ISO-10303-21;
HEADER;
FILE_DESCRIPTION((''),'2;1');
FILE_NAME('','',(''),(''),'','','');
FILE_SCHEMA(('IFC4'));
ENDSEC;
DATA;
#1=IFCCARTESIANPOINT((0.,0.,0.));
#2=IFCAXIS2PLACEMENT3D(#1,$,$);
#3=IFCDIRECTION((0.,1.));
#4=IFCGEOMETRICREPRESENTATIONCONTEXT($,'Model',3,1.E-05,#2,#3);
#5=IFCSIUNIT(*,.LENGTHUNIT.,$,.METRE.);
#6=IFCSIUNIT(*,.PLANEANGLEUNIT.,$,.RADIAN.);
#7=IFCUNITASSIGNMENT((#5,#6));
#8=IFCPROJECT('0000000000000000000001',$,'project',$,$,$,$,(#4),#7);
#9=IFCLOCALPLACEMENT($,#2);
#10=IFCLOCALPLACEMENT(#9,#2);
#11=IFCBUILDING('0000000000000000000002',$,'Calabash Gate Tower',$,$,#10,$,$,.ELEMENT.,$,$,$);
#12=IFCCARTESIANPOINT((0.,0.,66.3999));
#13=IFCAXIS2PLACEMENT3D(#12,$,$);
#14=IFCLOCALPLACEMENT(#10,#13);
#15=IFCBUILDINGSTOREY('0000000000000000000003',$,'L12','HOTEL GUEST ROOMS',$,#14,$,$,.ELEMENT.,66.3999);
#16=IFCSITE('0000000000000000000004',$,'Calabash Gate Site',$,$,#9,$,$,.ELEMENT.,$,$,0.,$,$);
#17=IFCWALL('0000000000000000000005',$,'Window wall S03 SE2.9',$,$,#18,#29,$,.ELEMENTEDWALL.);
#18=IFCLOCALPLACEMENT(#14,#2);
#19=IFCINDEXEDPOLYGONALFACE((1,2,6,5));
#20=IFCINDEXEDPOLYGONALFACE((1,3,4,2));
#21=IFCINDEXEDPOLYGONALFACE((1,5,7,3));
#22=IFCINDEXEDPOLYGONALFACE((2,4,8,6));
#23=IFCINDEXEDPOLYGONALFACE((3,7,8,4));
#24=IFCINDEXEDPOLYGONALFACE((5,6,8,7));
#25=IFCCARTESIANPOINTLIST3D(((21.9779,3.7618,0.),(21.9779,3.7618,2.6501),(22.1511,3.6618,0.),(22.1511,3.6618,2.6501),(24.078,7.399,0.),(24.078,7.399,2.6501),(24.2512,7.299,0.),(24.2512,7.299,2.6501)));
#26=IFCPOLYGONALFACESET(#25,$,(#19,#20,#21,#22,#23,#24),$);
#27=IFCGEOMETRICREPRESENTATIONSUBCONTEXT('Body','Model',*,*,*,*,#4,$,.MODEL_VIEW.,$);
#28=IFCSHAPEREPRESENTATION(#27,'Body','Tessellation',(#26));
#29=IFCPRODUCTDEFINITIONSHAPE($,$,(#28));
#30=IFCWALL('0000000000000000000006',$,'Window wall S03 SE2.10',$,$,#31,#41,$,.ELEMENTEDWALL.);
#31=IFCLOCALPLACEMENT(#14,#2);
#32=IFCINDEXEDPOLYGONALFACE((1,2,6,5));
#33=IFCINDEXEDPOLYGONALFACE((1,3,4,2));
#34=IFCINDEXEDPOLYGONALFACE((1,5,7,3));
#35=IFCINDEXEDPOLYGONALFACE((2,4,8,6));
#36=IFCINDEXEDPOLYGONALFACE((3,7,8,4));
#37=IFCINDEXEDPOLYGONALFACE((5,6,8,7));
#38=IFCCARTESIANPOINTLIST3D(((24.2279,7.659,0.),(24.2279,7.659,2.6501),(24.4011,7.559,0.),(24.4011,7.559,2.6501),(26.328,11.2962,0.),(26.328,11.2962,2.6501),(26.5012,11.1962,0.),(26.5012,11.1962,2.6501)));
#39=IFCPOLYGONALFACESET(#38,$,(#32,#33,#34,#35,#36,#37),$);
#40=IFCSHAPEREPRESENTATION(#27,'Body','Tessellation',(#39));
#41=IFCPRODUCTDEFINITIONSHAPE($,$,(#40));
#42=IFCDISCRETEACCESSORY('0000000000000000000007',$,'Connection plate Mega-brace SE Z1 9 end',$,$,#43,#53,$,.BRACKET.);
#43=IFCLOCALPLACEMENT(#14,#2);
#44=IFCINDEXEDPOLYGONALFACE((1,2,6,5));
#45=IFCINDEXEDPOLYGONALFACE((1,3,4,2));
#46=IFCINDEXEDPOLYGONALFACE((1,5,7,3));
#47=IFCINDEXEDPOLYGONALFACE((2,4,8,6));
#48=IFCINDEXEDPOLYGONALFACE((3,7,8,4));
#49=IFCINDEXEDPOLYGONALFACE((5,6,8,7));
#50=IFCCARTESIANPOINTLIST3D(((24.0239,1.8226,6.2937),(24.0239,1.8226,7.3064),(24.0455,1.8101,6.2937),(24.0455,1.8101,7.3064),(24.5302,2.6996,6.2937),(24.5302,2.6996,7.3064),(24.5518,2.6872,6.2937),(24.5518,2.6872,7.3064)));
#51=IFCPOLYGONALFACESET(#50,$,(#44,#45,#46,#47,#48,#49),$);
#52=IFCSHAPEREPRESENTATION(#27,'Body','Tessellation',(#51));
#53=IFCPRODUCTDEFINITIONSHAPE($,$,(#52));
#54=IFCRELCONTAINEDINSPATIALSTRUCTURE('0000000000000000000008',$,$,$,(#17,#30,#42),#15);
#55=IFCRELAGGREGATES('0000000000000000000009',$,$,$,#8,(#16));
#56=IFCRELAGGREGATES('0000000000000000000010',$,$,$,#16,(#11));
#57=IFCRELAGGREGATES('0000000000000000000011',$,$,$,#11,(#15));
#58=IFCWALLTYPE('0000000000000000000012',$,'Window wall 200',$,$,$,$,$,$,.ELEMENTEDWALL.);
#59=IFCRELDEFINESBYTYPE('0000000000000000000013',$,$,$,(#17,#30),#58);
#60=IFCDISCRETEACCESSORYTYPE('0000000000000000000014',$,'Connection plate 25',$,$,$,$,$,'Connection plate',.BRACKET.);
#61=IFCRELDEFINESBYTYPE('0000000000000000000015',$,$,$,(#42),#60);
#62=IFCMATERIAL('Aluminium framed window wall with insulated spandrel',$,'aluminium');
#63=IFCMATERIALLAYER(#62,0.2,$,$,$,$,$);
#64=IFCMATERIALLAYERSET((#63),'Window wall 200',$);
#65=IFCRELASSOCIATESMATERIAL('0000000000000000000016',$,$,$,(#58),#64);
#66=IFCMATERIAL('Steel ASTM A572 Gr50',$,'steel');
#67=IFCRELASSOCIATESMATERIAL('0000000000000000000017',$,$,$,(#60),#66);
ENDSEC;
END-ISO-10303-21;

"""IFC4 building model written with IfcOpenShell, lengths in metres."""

from ifc_helpers import new_model, si_unit, direction, frame, frame_2d, origin, origin_2d, place, context, subcontext, project, spatial, rectangle, extrude, material, layer, layer_set, type_object, element, save


model = new_model("IFC4")

# Units and contexts
model_context = context("Model", 3, precision=1e-05, world=origin(), true_north=direction((0.0, 1.0)))
body_context = subcontext(model_context, "Body", "Model", "MODEL_VIEW")
ifc_project = project(units=[si_unit("LENGTHUNIT", "METRE"), si_unit("PLANEANGLEUNIT", "RADIAN")], contexts=[model_context])

# Site, building, storey
site_placement = place(None, origin())
site = spatial("IfcSite", under=ifc_project, at=site_placement, Name="Calabash Gate Site", CompositionType="ELEMENT", RefElevation=0.0)
building_placement = place(site_placement, origin())
building = spatial("IfcBuilding", under=site, at=building_placement, Name="Calabash Gate Tower", CompositionType="ELEMENT")
storey_placement = place(building_placement, frame((0.0, 0.0, 66.3999)))
storey = spatial("IfcBuildingStorey", under=building, at=storey_placement, Name="L12", Description="HOTEL GUEST ROOMS", CompositionType="ELEMENT", Elevation=66.3999)

# Walls
ifc_material_1 = material(Name="Aluminium framed window wall with insulated spandrel", Category="aluminium")
ifc_layer_1 = layer(ifc_material_1, 0.2)
ifc_layer_set_1 = layer_set([ifc_layer_1], Name="Window wall 200")
wall_type_1 = type_object("IfcWallType", Name="Window wall 200", PredefinedType="ELEMENTEDWALL", material=ifc_layer_set_1)
for number, where, z_axis, x_axis, name in (
    (1, (22.0645, 3.7117, 0.0), (0.0, 0.0, 1.0), (0.500028, 0.866009, 0.0), "Window wall S03 SE2.9"),
    (2, (24.3145, 7.6089, 0.0), (0.0, 0.0, 1.0), (0.500028, 0.866009, 0.0), "Window wall S03 SE2.10"),
):
    element("IfcWall", number, at=place(storey_placement, frame(where, z_axis=z_axis, x_axis=x_axis)), inside=storey, type_object=wall_type_1, Name=name, PredefinedType="ELEMENTEDWALL", context=body_context, shape_type="SweptSolid", body=[
        extrude(rectangle(XDim=4.2, YDim=0.2, at=frame_2d((2.1001, 0.0))), origin(), (0.0, 0.0, 1.0), 2.6501),
    ])

# Discrete accessory
ifc_material_2 = material(Name="Steel ASTM A572 Gr50", Category="steel")
discrete_accessory_type = type_object("IfcDiscreteAccessoryType", Name="Connection plate 25", ElementType="Connection plate", PredefinedType="BRACKET", material=ifc_material_2)
discrete_accessory_placement = place(storey_placement, frame((24.2878, 2.2549, 6.2937), z_axis=(0.0, 0.0, 1.0), x_axis=(0.5, 0.866025, 0.0)))
element("IfcDiscreteAccessory", 3, at=discrete_accessory_placement, inside=storey, type_object=discrete_accessory_type, Name="Connection plate Mega-brace SE Z1 9 end", PredefinedType="BRACKET", context=body_context, shape_type="SweptSolid", body=[
    extrude(rectangle(XDim=1.0127, YDim=0.0249, at=origin_2d()), origin(), (0.0, 0.0, 1.0), 1.0127),
])

save(model, "model.ifc")
